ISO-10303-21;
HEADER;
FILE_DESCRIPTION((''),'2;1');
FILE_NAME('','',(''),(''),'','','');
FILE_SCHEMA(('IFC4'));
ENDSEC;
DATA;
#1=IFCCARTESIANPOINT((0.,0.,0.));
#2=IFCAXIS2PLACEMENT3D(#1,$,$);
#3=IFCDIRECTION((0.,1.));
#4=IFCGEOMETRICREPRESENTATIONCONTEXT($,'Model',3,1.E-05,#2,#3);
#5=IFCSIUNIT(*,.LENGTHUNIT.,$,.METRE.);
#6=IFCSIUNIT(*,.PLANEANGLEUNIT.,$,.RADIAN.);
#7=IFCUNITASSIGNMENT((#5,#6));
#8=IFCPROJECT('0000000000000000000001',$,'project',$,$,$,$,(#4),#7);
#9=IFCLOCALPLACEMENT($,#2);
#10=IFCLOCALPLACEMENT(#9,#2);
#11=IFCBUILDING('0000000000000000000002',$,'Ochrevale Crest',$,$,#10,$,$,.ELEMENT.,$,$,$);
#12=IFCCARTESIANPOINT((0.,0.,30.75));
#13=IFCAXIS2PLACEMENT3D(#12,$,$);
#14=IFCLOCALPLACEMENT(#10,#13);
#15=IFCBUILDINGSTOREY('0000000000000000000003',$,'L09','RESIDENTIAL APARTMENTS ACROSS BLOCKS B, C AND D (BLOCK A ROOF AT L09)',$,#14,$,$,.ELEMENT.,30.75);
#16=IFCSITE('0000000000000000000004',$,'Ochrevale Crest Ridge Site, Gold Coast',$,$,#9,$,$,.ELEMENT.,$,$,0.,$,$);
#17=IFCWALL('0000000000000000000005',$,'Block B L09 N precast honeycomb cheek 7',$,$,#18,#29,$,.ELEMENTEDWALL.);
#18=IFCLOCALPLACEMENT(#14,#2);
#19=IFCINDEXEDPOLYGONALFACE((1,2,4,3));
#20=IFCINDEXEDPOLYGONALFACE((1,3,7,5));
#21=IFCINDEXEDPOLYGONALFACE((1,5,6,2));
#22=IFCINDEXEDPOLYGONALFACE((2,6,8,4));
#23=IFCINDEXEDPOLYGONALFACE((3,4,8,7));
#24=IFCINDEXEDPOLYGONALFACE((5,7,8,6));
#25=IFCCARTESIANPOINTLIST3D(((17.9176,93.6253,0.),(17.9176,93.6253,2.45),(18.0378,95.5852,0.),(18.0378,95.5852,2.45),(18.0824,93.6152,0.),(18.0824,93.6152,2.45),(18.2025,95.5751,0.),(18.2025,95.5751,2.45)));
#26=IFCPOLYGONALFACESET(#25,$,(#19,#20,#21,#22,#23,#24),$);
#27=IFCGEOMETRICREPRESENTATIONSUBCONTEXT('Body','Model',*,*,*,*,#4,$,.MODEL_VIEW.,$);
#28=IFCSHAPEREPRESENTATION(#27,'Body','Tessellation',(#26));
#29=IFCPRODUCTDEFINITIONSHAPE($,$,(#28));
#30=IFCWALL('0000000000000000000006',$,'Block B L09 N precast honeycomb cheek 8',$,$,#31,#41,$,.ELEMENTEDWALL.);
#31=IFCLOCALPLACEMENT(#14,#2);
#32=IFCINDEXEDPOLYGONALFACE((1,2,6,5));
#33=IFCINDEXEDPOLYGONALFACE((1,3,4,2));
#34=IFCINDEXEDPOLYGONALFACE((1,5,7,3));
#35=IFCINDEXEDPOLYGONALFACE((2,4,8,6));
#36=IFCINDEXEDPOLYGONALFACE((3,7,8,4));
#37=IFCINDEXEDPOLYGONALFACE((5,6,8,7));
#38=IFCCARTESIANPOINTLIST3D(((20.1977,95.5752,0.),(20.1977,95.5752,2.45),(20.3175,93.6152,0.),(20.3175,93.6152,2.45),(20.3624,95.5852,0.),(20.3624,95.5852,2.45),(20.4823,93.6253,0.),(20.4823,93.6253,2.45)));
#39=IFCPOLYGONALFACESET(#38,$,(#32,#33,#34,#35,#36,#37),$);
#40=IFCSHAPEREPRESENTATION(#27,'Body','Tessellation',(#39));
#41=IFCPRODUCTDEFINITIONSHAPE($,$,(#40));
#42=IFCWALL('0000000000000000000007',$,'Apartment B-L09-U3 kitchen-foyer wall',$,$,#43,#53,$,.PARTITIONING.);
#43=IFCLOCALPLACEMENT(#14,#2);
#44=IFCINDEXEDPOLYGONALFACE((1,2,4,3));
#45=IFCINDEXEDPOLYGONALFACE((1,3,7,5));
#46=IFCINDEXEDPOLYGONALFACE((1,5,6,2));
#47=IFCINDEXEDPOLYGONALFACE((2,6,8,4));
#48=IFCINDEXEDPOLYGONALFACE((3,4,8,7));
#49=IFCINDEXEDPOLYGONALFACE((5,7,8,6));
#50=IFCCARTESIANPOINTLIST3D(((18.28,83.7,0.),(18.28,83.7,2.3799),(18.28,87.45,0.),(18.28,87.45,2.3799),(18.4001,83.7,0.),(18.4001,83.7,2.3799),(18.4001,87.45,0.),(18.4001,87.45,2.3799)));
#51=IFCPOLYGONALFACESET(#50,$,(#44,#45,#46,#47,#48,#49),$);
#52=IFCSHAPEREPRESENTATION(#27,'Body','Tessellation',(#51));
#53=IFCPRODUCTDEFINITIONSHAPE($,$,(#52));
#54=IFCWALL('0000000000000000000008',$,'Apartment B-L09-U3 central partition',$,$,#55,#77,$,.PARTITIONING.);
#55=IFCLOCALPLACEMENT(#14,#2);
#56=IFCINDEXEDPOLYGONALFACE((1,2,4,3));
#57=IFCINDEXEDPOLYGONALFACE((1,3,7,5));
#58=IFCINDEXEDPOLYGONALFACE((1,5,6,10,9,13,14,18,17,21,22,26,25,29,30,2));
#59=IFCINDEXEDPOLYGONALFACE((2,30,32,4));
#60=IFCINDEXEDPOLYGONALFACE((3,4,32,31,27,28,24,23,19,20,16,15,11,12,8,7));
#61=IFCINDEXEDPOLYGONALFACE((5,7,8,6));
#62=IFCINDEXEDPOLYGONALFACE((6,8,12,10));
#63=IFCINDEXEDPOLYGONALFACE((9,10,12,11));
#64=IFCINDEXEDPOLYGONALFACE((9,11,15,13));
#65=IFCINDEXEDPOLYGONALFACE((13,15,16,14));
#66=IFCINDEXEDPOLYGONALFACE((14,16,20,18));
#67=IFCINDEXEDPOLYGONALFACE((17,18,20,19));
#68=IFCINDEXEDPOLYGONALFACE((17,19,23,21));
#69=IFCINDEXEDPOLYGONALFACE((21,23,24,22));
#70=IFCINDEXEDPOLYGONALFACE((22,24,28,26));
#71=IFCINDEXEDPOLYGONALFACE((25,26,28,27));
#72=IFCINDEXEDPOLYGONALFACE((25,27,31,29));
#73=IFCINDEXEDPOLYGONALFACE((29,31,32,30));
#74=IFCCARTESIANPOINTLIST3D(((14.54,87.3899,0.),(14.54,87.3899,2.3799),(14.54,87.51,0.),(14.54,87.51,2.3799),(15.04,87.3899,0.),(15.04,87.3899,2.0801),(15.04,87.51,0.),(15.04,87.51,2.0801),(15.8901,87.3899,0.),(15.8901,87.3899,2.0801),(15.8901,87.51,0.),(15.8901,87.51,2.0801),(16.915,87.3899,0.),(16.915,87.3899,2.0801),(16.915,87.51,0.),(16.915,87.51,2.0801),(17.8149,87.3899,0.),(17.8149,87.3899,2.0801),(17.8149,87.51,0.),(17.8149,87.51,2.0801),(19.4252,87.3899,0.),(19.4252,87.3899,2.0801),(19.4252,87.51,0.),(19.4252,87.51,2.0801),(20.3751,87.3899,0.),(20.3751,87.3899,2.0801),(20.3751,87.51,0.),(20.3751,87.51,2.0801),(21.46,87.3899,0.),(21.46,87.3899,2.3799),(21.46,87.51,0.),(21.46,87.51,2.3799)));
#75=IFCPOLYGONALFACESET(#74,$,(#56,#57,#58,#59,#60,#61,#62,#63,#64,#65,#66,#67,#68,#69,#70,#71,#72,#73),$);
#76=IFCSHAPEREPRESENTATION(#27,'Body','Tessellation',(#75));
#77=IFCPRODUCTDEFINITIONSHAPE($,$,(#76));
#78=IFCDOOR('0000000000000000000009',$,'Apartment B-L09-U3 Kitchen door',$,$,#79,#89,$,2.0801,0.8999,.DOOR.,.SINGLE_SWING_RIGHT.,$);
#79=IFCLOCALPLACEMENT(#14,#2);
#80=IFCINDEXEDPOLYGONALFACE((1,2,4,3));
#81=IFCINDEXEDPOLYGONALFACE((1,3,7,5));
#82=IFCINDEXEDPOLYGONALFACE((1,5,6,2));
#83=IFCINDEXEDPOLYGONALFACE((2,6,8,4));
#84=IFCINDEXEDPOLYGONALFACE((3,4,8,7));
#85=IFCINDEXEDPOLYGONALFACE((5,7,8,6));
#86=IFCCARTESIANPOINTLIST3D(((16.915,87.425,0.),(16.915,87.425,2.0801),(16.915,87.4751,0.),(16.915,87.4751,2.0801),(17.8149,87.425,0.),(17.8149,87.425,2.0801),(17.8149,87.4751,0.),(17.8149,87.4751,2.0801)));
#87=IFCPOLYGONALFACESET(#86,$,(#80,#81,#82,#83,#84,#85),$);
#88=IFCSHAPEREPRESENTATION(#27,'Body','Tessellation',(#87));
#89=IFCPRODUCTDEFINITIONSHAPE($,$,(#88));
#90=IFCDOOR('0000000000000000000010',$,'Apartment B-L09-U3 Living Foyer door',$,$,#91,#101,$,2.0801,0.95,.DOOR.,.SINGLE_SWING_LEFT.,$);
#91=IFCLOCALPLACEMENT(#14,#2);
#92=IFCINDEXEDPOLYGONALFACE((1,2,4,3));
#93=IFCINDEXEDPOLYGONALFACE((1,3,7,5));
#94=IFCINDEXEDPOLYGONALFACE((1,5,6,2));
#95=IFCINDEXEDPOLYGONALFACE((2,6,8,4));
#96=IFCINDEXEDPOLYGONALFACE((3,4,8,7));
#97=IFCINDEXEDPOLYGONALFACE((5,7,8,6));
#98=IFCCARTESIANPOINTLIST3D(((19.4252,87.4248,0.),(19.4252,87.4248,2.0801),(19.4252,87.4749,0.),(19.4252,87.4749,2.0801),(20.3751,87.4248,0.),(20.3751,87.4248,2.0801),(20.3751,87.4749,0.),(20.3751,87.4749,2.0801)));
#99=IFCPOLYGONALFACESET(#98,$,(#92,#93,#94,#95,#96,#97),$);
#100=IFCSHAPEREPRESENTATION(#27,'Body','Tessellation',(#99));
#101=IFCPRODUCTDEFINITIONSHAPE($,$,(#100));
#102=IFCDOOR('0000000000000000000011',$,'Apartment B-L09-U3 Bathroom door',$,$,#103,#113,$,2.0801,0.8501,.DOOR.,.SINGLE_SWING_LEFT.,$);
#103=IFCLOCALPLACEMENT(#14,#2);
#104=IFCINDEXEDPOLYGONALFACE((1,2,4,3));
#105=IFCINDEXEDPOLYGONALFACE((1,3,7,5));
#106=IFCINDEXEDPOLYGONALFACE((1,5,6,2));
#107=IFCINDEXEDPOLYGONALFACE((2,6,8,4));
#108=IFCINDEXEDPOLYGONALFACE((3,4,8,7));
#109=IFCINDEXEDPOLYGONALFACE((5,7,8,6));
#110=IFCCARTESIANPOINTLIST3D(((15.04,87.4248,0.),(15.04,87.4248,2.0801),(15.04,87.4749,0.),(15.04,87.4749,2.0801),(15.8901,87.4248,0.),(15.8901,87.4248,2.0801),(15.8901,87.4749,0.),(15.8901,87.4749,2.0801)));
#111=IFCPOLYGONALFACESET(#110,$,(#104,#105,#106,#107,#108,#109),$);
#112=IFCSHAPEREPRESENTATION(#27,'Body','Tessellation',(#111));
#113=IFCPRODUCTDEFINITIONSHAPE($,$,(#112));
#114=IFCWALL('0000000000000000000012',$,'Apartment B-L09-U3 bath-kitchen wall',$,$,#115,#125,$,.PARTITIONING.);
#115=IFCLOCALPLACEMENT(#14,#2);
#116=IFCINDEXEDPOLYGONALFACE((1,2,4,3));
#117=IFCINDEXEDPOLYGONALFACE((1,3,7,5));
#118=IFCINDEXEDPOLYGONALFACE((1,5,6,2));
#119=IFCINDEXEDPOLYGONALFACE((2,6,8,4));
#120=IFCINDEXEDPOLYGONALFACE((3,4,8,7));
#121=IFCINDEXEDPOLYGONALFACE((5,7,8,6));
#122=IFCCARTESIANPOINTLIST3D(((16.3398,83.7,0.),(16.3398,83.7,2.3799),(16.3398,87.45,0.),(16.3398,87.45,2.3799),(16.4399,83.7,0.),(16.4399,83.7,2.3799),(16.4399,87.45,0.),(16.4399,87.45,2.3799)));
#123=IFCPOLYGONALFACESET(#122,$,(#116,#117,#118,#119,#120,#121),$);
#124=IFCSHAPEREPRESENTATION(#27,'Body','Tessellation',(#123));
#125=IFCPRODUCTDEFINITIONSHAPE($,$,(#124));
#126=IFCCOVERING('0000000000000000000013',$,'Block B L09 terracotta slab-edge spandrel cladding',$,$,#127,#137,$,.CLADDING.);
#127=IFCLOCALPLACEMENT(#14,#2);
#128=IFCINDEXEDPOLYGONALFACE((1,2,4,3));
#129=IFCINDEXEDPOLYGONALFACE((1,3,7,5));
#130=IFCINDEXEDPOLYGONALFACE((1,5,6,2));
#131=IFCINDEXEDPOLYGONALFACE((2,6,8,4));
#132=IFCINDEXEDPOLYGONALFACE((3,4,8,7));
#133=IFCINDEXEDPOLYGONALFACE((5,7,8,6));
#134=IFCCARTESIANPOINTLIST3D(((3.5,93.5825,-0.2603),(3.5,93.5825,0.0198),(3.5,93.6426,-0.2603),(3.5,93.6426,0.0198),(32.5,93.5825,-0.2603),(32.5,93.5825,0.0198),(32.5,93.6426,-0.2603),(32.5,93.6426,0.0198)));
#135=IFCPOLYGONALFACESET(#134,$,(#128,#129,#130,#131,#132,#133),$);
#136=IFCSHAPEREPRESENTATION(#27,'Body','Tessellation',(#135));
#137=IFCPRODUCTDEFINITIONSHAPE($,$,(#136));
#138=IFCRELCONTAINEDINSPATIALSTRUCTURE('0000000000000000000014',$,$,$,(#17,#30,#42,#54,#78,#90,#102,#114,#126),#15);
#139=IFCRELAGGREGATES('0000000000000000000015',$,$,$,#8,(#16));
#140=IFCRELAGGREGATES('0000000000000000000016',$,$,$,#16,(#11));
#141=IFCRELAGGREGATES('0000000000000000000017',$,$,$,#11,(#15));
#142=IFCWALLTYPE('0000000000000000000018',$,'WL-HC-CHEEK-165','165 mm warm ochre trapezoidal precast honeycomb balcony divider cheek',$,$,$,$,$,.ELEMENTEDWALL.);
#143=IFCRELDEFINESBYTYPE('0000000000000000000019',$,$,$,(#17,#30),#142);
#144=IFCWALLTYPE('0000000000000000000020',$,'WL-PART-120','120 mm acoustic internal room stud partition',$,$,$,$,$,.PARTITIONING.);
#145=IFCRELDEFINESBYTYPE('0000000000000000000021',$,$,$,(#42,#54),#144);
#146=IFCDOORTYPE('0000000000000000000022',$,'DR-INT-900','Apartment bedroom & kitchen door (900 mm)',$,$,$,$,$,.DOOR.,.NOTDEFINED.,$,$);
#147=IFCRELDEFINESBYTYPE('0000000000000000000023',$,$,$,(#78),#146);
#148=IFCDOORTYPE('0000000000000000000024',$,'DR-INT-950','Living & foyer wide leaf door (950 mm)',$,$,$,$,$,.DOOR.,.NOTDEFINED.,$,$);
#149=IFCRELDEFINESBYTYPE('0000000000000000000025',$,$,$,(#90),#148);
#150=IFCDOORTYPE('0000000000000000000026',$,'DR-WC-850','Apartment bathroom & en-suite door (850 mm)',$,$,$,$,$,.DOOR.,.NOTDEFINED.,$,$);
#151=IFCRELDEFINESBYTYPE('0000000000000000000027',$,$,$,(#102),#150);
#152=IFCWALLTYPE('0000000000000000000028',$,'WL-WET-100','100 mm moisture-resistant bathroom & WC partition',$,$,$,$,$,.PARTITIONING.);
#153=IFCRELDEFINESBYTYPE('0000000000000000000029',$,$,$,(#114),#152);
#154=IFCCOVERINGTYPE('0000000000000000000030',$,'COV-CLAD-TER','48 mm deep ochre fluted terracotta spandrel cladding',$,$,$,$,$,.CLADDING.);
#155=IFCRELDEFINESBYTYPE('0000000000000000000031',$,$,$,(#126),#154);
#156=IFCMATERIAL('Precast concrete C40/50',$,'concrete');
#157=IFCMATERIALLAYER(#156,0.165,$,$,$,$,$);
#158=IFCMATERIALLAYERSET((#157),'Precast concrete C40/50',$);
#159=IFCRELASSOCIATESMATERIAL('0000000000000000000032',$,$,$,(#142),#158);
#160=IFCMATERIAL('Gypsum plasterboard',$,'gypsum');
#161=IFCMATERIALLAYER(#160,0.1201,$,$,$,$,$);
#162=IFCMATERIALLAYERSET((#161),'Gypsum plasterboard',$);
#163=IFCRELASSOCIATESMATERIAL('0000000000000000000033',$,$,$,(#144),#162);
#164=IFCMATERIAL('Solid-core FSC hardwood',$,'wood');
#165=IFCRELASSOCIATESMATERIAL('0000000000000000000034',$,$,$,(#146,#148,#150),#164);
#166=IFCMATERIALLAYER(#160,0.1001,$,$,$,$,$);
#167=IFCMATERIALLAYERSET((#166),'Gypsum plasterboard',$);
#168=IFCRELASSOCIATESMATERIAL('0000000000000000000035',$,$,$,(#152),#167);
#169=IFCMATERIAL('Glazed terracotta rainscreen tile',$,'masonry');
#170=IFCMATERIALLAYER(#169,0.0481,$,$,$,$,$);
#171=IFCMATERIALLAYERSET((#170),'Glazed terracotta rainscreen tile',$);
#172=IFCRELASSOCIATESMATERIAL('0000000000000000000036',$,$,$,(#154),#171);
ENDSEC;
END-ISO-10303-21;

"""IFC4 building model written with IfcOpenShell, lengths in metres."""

from ifc_helpers import new_model, si_unit, direction, frame, frame_2d, origin, origin_2d, place, context, subcontext, project, spatial, rectangle, extrude, material, layer, layer_set, type_object, element, fill, save


model = new_model("IFC4")

# Units and contexts
model_context = context("Model", 3, precision=1e-05, world=origin(), true_north=direction((0.0, 1.0)))
body_context = subcontext(model_context, "Body", "Model", "MODEL_VIEW")
ifc_project = project(units=[si_unit("LENGTHUNIT", "METRE"), si_unit("PLANEANGLEUNIT", "RADIAN")], contexts=[model_context])

# Site, building, storey
site_placement = place(None, origin())
site = spatial("IfcSite", under=ifc_project, at=site_placement, Name="Ochrevale Crest Ridge Site, Gold Coast", CompositionType="ELEMENT", RefElevation=0.0)
building_placement = place(site_placement, origin())
building = spatial("IfcBuilding", under=site, at=building_placement, Name="Ochrevale Crest", CompositionType="ELEMENT")
storey_placement = place(building_placement, frame((0.0, 0.0, 30.75)))
storey = spatial("IfcBuildingStorey", under=building, at=storey_placement, Name="L09", Description="RESIDENTIAL APARTMENTS ACROSS BLOCKS B, C AND D (BLOCK A ROOF AT L09)", CompositionType="ELEMENT", Elevation=30.75)

# Shared definitions
ifc_material_1 = material(Name="Precast concrete C40/50", Category="concrete")

# Walls
ifc_layer_1 = layer(ifc_material_1, 0.165)
ifc_layer_set_1 = layer_set([ifc_layer_1], Name="Precast concrete C40/50")
wall_type_1 = type_object("IfcWallType", Name="WL-HC-CHEEK-165", Description="165 mm warm ochre trapezoidal precast honeycomb balcony divider cheek", PredefinedType="ELEMENTEDWALL", material=ifc_layer_set_1)
for number, where, z_axis, x_axis, name in (
    (1, (18.0, 93.6201, 0.0), (0.0, 0.0, 1.0), (0.061171, 0.998127, 0.0), "Block B L09 N precast honeycomb cheek 7"),
    (2, (20.3999, 93.6201, 0.0), (0.0, 0.0, 1.0), (-0.061047, 0.998135, 0.0), "Block B L09 N precast honeycomb cheek 8"),
):
    element("IfcWall", number, at=place(storey_placement, frame(where, z_axis=z_axis, x_axis=x_axis)), inside=storey, type_object=wall_type_1, Name=name, PredefinedType="ELEMENTEDWALL", context=body_context, shape_type="SweptSolid", body=[
        extrude(rectangle(XDim=1.9636, YDim=0.165, at=frame_2d((0.9819, 0.0))), origin(), (0.0, 0.0, 1.0), 2.45),
    ])
ifc_material_2 = material(Name="Gypsum plasterboard", Category="gypsum")
ifc_layer_2 = layer(ifc_material_2, 0.1201)
ifc_layer_set_2 = layer_set([ifc_layer_2], Name="Gypsum plasterboard")
wall_type_2 = type_object("IfcWallType", Name="WL-PART-120", Description="120 mm acoustic internal room stud partition", PredefinedType="PARTITIONING", material=ifc_layer_set_2)
wall_1_placement = place(storey_placement, frame((18.3401, 83.7, 0.0), z_axis=(0.0, 0.0, 1.0), x_axis=(0.0, 1.0, 0.0)))
element("IfcWall", 3, at=wall_1_placement, inside=storey, type_object=wall_type_2, Name="Apartment B-L09-U3 kitchen-foyer wall", PredefinedType="PARTITIONING", context=body_context, shape_type="SweptSolid", body=[
    extrude(rectangle(XDim=3.75, YDim=0.1201, at=frame_2d((1.875, 0.0))), origin(), (0.0, 0.0, 1.0), 2.3799),
])

# Wall, openings, doors
wall_2_placement = place(storey_placement, frame((14.54, 87.45, 0.0), z_axis=(0.0, 0.0, 1.0), x_axis=(1.0, 0.0, 0.0)))
wall_2 = element("IfcWall", 4, at=wall_2_placement, inside=storey, type_object=wall_type_2, Name="Apartment B-L09-U3 central partition", PredefinedType="PARTITIONING", context=body_context, shape_type="SweptSolid", body=[
    extrude(rectangle(XDim=6.9199, YDim=0.1201, at=frame_2d((3.46, 0.0))), origin(), (0.0, 0.0, 1.0), 2.3799),
])
opening_1_placement = place(wall_2_placement, frame((0.5, 0.0, 0.0)))
opening_1 = element("IfcOpeningElement", 5, at=opening_1_placement, cuts=wall_2, PredefinedType="OPENING", context=body_context, shape_type="SweptSolid", body=[
    extrude(rectangle(XDim=0.8501, YDim=2.0801, at=frame_2d((0.425, 1.04))), frame((0.0, 0.0701, 0.0), z_axis=(0.0, -1.0, 0.0), x_axis=(1.0, 0.0, 0.0)), (0.0, 0.0, 1.0), 0.1401),
])
opening_2_placement = place(wall_2_placement, frame((3.2749, 0.0, 0.0), z_axis=(0.0, 0.0, 1.0), x_axis=(-1.0, 0.0, 0.0)))
opening_2 = element("IfcOpeningElement", 6, at=opening_2_placement, cuts=wall_2, PredefinedType="OPENING", context=body_context, shape_type="SweptSolid", body=[
    extrude(rectangle(XDim=0.8999, YDim=2.0801, at=frame_2d((0.45, 1.04))), frame((0.0, 0.0701, 0.0), z_axis=(0.0, -1.0, 0.0), x_axis=(1.0, 0.0, 0.0)), (0.0, 0.0, 1.0), 0.1401),
])
opening_3_placement = place(wall_2_placement, frame((4.885, 0.0, 0.0)))
opening_3 = element("IfcOpeningElement", 7, at=opening_3_placement, cuts=wall_2, PredefinedType="OPENING", context=body_context, shape_type="SweptSolid", body=[
    extrude(rectangle(XDim=0.95, YDim=2.0801, at=frame_2d((0.4751, 1.04))), frame((0.0, 0.0701, 0.0), z_axis=(0.0, -1.0, 0.0), x_axis=(1.0, 0.0, 0.0)), (0.0, 0.0, 1.0), 0.1401),
])
ifc_material_3 = material(Name="Solid-core FSC hardwood", Category="wood")
door_type_1 = type_object("IfcDoorType", Name="DR-INT-900", Description="Apartment bedroom & kitchen door (900 mm)", OperationType="NOTDEFINED", PredefinedType="DOOR", material=ifc_material_3)
door_1_placement = place(opening_2_placement, origin())
door_1 = element("IfcDoor", 8, at=door_1_placement, inside=storey, type_object=door_type_1, Name="Apartment B-L09-U3 Kitchen door", OperationType="SINGLE_SWING_RIGHT", OverallHeight=2.0801, OverallWidth=0.8999, PredefinedType="DOOR", context=body_context, shape_type="SweptSolid", body=[
    extrude(rectangle(XDim=0.8999, YDim=2.0801, at=frame_2d((0.45, 1.04))), frame((0.0, 0.0249, 0.0), z_axis=(0.0, -1.0, 0.0), x_axis=(1.0, 0.0, 0.0)), (0.0, 0.0, 1.0), 0.05),
])
fill(opening_2, door_1)
door_type_2 = type_object("IfcDoorType", Name="DR-INT-950", Description="Living & foyer wide leaf door (950 mm)", OperationType="NOTDEFINED", PredefinedType="DOOR", material=ifc_material_3)
door_2_placement = place(opening_3_placement, origin())
door_2 = element("IfcDoor", 9, at=door_2_placement, inside=storey, type_object=door_type_2, Name="Apartment B-L09-U3 Living Foyer door", OperationType="SINGLE_SWING_LEFT", OverallHeight=2.0801, OverallWidth=0.95, PredefinedType="DOOR", context=body_context, shape_type="SweptSolid", body=[
    extrude(rectangle(XDim=0.95, YDim=2.0801, at=frame_2d((0.4751, 1.04))), frame((0.0, 0.0249, 0.0), z_axis=(0.0, -1.0, 0.0), x_axis=(1.0, 0.0, 0.0)), (0.0, 0.0, 1.0), 0.05),
])
fill(opening_3, door_2)
door_type_3 = type_object("IfcDoorType", Name="DR-WC-850", Description="Apartment bathroom & en-suite door (850 mm)", OperationType="NOTDEFINED", PredefinedType="DOOR", material=ifc_material_3)
door_3_placement = place(opening_1_placement, origin())
door_3 = element("IfcDoor", 10, at=door_3_placement, inside=storey, type_object=door_type_3, Name="Apartment B-L09-U3 Bathroom door", OperationType="SINGLE_SWING_LEFT", OverallHeight=2.0801, OverallWidth=0.8501, PredefinedType="DOOR", context=body_context, shape_type="SweptSolid", body=[
    extrude(rectangle(XDim=0.8501, YDim=2.0801, at=frame_2d((0.425, 1.04))), frame((0.0, 0.0249, 0.0), z_axis=(0.0, -1.0, 0.0), x_axis=(1.0, 0.0, 0.0)), (0.0, 0.0, 1.0), 0.05),
])
fill(opening_1, door_3)

# Wall
ifc_layer_3 = layer(ifc_material_2, 0.1001)
ifc_layer_set_3 = layer_set([ifc_layer_3], Name="Gypsum plasterboard")
wall_type_3 = type_object("IfcWallType", Name="WL-WET-100", Description="100 mm moisture-resistant bathroom & WC partition", PredefinedType="PARTITIONING", material=ifc_layer_set_3)
wall_3_placement = place(storey_placement, frame((16.3899, 83.7, 0.0), z_axis=(0.0, 0.0, 1.0), x_axis=(0.0, 1.0, 0.0)))
element("IfcWall", 11, at=wall_3_placement, inside=storey, type_object=wall_type_3, Name="Apartment B-L09-U3 bath-kitchen wall", PredefinedType="PARTITIONING", context=body_context, shape_type="SweptSolid", body=[
    extrude(rectangle(XDim=3.75, YDim=0.1001, at=frame_2d((1.875, 0.0))), origin(), (0.0, 0.0, 1.0), 2.3799),
])

# Covering
ifc_material_4 = material(Name="Glazed terracotta rainscreen tile", Category="masonry")
ifc_layer_4 = layer(ifc_material_4, 0.0481)
ifc_layer_set_4 = layer_set([ifc_layer_4], Name="Glazed terracotta rainscreen tile")
covering_type = type_object("IfcCoveringType", Name="COV-CLAD-TER", Description="48 mm deep ochre fluted terracotta spandrel cladding", PredefinedType="CLADDING", material=ifc_layer_set_4)
covering_placement = place(storey_placement, frame((18.0, 93.6125, -0.2603), z_axis=(0.0, 0.0, 1.0), x_axis=(-1.0, 0.0, 0.0)))
element("IfcCovering", 12, at=covering_placement, inside=storey, type_object=covering_type, Name="Block B L09 terracotta slab-edge spandrel cladding", PredefinedType="CLADDING", context=body_context, shape_type="SweptSolid", body=[
    extrude(rectangle(XDim=29.0, YDim=0.0601, at=origin_2d()), origin(), (0.0, 0.0, 1.0), 0.28),
])

save(model, "model.ifc")
